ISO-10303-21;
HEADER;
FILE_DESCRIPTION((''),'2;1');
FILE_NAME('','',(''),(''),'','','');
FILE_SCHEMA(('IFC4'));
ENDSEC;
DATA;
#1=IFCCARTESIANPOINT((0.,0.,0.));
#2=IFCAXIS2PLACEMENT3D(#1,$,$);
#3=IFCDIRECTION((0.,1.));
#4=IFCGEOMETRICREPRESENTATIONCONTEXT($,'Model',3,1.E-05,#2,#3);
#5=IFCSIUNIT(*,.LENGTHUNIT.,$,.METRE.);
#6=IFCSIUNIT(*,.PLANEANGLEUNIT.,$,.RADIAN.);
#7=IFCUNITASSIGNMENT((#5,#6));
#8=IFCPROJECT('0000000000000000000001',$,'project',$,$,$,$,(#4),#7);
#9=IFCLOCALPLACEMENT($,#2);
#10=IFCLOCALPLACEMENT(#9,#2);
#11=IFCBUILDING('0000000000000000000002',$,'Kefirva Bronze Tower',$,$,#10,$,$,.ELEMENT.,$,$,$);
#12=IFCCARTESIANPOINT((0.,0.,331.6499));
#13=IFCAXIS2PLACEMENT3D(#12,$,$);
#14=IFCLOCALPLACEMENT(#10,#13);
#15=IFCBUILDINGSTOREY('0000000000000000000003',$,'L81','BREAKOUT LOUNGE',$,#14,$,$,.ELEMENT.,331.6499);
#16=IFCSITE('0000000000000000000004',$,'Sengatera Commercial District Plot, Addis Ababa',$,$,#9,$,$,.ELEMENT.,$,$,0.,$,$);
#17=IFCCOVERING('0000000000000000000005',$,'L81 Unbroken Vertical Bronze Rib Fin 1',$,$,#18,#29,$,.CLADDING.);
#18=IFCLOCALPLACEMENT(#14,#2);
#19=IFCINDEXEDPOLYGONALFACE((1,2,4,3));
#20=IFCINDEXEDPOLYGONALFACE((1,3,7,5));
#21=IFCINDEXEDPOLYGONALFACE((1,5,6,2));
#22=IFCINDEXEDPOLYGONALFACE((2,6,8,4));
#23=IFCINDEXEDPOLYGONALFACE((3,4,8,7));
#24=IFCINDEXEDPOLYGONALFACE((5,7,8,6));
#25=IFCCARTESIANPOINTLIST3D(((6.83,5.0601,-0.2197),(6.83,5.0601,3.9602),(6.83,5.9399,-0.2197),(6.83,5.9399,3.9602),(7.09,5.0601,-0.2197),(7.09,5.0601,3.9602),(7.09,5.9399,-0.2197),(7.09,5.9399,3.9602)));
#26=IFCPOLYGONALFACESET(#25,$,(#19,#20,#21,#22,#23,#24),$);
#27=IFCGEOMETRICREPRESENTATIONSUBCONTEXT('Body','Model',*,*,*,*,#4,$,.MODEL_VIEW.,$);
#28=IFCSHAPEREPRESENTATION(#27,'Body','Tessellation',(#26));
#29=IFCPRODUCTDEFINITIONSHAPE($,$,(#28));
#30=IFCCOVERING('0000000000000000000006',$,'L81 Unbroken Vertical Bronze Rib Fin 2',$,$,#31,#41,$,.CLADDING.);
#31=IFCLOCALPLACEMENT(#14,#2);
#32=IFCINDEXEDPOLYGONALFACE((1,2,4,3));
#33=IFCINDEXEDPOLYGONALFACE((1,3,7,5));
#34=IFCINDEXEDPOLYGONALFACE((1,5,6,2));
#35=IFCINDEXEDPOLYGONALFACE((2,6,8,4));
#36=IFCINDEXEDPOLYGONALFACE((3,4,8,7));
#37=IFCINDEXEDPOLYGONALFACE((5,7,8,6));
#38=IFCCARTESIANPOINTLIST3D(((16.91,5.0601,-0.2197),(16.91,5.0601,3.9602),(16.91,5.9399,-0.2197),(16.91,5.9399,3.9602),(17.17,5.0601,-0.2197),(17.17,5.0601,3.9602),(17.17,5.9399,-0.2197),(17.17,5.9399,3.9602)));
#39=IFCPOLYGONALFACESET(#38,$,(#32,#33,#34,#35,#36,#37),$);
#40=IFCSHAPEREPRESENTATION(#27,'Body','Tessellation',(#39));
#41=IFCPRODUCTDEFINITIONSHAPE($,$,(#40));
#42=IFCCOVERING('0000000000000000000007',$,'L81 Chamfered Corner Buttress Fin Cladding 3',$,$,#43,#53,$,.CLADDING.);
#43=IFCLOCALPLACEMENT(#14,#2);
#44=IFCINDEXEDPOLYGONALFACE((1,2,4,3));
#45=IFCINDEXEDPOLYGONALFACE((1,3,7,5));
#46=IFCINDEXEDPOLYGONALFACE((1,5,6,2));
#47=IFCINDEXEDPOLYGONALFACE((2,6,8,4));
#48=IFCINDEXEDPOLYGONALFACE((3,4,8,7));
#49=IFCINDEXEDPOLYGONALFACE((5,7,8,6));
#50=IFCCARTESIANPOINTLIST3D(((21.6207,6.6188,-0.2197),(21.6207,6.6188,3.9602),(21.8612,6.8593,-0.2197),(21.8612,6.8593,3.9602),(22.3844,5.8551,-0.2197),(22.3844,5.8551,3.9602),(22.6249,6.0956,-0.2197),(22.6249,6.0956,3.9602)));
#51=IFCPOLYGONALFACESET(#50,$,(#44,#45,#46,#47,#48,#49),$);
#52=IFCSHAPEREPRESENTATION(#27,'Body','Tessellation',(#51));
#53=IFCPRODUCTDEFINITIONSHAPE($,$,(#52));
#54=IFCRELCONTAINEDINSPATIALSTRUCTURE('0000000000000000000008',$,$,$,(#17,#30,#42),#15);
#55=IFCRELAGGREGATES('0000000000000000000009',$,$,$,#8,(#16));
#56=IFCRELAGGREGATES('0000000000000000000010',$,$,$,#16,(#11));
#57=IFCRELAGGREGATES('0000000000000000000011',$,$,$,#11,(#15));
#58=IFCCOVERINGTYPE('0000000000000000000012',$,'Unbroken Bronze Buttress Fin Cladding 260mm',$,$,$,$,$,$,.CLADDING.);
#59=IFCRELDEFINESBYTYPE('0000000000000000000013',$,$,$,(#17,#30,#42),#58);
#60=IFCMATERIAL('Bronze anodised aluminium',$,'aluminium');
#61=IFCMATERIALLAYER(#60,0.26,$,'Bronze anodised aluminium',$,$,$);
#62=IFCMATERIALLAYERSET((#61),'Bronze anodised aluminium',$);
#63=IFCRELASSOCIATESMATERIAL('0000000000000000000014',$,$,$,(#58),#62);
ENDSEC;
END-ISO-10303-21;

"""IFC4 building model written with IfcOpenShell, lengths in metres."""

from ifc_helpers import new_model, si_unit, direction, frame, origin, origin_2d, place, context, subcontext, project, spatial, rectangle, extrude, material, layer, layer_set, type_object, element, save


model = new_model("IFC4")

# Units and contexts
model_context = context("Model", 3, precision=1e-05, world=origin(), true_north=direction((0.0, 1.0)))
body_context = subcontext(model_context, "Body", "Model", "MODEL_VIEW")
ifc_project = project(units=[si_unit("LENGTHUNIT", "METRE"), si_unit("PLANEANGLEUNIT", "RADIAN")], contexts=[model_context])

# Site, building, storey
site_placement = place(None, origin())
site = spatial("IfcSite", under=ifc_project, at=site_placement, Name="Sengatera Commercial District Plot, Addis Ababa", CompositionType="ELEMENT", RefElevation=0.0)
building_placement = place(site_placement, origin())
building = spatial("IfcBuilding", under=site, at=building_placement, Name="Kefirva Bronze Tower", CompositionType="ELEMENT")
storey_placement = place(building_placement, frame((0.0, 0.0, 331.6499)))
storey = spatial("IfcBuildingStorey", under=building, at=storey_placement, Name="L81", Description="BREAKOUT LOUNGE", CompositionType="ELEMENT", Elevation=331.6499)

# Shared definitions
ifc_material_1 = material(Name="Bronze anodised aluminium", Category="aluminium")

# Coverings
ifc_layer_1 = layer(ifc_material_1, 0.26, Name="Bronze anodised aluminium")
ifc_layer_set_1 = layer_set([ifc_layer_1], Name="Bronze anodised aluminium")
covering_type_1 = type_object("IfcCoveringType", Name="Unbroken Bronze Buttress Fin Cladding 260mm", PredefinedType="CLADDING", material=ifc_layer_set_1)
for number, where, z_axis, x_axis, name in (
    (1, (6.96, 5.5, -0.2197), (0.0, 0.0, 1.0), (1.0, 0.0, 0.0), "L81 Unbroken Vertical Bronze Rib Fin 1"),
    (2, (17.04, 5.5, -0.2197), (0.0, 0.0, 1.0), (1.0, 0.0, 0.0), "L81 Unbroken Vertical Bronze Rib Fin 2"),
):
    element("IfcCovering", number, at=place(storey_placement, frame(where, z_axis=z_axis, x_axis=x_axis)), inside=storey, type_object=covering_type_1, Name=name, PredefinedType="CLADDING", context=body_context, shape_type="SweptSolid", body=[
        extrude(rectangle(XDim=0.26, YDim=0.8799, at=origin_2d()), origin(), (0.0, 0.0, 1.0), 4.1799),
    ])
covering_1_placement = place(storey_placement, frame((22.1228, 6.3572, -0.2197), z_axis=(0.0, 0.0, 1.0), x_axis=(0.707107, 0.707107, 0.0)))
element("IfcCovering", 3, at=covering_1_placement, inside=storey, type_object=covering_type_1, Name="L81 Chamfered Corner Buttress Fin Cladding 3", PredefinedType="CLADDING", context=body_context, shape_type="SweptSolid", body=[
    extrude(rectangle(XDim=0.3401, YDim=1.0801, at=origin_2d()), origin(), (0.0, 0.0, 1.0), 4.1799),
])

save(model, "model.ifc")
